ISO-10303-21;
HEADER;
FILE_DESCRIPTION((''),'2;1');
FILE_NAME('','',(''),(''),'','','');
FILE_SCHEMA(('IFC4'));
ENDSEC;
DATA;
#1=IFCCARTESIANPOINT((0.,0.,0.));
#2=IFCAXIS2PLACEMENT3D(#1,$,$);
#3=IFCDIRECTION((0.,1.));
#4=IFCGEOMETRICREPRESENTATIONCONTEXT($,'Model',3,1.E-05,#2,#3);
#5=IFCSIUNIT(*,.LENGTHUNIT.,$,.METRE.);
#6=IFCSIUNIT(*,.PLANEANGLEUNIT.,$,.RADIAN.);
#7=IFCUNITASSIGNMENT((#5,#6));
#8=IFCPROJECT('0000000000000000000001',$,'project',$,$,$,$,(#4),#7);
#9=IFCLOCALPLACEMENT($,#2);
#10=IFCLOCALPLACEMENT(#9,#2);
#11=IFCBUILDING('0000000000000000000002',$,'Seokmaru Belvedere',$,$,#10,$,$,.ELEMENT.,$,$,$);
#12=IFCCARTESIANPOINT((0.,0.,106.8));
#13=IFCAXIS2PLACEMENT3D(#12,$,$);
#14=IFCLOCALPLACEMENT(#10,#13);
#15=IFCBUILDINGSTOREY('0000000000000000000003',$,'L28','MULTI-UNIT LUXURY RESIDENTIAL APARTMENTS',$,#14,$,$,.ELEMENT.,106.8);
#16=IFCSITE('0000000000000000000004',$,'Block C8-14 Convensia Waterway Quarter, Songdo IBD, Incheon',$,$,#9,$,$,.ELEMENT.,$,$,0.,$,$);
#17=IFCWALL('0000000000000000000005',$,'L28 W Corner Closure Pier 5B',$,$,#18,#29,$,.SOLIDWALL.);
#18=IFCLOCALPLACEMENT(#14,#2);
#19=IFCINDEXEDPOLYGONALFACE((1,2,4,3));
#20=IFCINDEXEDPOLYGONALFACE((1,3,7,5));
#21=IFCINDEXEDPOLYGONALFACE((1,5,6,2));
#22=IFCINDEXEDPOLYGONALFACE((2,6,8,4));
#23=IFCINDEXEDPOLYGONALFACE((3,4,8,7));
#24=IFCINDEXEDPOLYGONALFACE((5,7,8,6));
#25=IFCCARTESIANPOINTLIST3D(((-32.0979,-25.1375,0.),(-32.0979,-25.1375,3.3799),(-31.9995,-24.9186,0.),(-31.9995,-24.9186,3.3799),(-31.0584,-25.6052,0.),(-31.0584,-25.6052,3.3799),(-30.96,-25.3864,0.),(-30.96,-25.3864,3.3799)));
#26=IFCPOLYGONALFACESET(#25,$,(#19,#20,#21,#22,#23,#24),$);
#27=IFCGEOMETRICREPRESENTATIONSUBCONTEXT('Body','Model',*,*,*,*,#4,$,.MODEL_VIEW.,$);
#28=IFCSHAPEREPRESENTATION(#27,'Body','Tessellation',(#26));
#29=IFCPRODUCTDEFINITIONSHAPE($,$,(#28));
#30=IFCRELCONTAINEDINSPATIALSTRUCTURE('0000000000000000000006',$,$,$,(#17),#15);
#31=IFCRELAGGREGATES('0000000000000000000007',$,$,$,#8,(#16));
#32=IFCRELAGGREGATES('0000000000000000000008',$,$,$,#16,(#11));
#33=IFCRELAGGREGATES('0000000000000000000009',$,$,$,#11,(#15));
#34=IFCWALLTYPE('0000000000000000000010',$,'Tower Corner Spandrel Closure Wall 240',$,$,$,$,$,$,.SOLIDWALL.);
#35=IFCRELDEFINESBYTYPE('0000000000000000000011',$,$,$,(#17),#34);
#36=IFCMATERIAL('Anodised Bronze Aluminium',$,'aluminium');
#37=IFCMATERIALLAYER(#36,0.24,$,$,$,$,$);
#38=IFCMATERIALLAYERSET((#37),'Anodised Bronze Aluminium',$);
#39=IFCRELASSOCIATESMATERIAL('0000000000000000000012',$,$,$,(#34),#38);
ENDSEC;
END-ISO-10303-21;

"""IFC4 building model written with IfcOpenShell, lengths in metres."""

from ifc_helpers import new_model, si_unit, direction, frame, frame_2d, origin, place, context, subcontext, project, spatial, rectangle, extrude, material, layer, layer_set, type_object, element, save


model = new_model("IFC4")

# Units and contexts
model_context = context("Model", 3, precision=1e-05, world=origin(), true_north=direction((0.0, 1.0)))
body_context = subcontext(model_context, "Body", "Model", "MODEL_VIEW")
ifc_project = project(units=[si_unit("LENGTHUNIT", "METRE"), si_unit("PLANEANGLEUNIT", "RADIAN")], contexts=[model_context])

# Site, building, storey
site_placement = place(None, origin())
site = spatial("IfcSite", under=ifc_project, at=site_placement, Name="Block C8-14 Convensia Waterway Quarter, Songdo IBD, Incheon", CompositionType="ELEMENT", RefElevation=0.0)
building_placement = place(site_placement, origin())
building = spatial("IfcBuilding", under=site, at=building_placement, Name="Seokmaru Belvedere", CompositionType="ELEMENT")
storey_placement = place(building_placement, frame((0.0, 0.0, 106.8)))
storey = spatial("IfcBuildingStorey", under=building, at=storey_placement, Name="L28", Description="MULTI-UNIT LUXURY RESIDENTIAL APARTMENTS", CompositionType="ELEMENT", Elevation=106.8)

# Shared definitions
ifc_material_1 = material(Name="Anodised Bronze Aluminium", Category="aluminium")

# Wall
ifc_layer_1 = layer(ifc_material_1, 0.24)
ifc_layer_set_1 = layer_set([ifc_layer_1], Name="Anodised Bronze Aluminium")
wall_type_1 = type_object("IfcWallType", Name="Tower Corner Spandrel Closure Wall 240", PredefinedType="SOLIDWALL", material=ifc_layer_set_1)
wall_1_placement = place(storey_placement, frame((-32.0486, -25.0281, 0.0), z_axis=(0.0, 0.0, 1.0), x_axis=(0.91193, -0.410347, 0.0)))
element("IfcWall", 1, at=wall_1_placement, inside=storey, type_object=wall_type_1, Name="L28 W Corner Closure Pier 5B", PredefinedType="SOLIDWALL", context=body_context, shape_type="SweptSolid", body=[
    extrude(rectangle(XDim=1.1399, YDim=0.24, at=frame_2d((0.5698, 0.0))), origin(), (0.0, 0.0, 1.0), 3.3799),
])

save(model, "model.ifc")
